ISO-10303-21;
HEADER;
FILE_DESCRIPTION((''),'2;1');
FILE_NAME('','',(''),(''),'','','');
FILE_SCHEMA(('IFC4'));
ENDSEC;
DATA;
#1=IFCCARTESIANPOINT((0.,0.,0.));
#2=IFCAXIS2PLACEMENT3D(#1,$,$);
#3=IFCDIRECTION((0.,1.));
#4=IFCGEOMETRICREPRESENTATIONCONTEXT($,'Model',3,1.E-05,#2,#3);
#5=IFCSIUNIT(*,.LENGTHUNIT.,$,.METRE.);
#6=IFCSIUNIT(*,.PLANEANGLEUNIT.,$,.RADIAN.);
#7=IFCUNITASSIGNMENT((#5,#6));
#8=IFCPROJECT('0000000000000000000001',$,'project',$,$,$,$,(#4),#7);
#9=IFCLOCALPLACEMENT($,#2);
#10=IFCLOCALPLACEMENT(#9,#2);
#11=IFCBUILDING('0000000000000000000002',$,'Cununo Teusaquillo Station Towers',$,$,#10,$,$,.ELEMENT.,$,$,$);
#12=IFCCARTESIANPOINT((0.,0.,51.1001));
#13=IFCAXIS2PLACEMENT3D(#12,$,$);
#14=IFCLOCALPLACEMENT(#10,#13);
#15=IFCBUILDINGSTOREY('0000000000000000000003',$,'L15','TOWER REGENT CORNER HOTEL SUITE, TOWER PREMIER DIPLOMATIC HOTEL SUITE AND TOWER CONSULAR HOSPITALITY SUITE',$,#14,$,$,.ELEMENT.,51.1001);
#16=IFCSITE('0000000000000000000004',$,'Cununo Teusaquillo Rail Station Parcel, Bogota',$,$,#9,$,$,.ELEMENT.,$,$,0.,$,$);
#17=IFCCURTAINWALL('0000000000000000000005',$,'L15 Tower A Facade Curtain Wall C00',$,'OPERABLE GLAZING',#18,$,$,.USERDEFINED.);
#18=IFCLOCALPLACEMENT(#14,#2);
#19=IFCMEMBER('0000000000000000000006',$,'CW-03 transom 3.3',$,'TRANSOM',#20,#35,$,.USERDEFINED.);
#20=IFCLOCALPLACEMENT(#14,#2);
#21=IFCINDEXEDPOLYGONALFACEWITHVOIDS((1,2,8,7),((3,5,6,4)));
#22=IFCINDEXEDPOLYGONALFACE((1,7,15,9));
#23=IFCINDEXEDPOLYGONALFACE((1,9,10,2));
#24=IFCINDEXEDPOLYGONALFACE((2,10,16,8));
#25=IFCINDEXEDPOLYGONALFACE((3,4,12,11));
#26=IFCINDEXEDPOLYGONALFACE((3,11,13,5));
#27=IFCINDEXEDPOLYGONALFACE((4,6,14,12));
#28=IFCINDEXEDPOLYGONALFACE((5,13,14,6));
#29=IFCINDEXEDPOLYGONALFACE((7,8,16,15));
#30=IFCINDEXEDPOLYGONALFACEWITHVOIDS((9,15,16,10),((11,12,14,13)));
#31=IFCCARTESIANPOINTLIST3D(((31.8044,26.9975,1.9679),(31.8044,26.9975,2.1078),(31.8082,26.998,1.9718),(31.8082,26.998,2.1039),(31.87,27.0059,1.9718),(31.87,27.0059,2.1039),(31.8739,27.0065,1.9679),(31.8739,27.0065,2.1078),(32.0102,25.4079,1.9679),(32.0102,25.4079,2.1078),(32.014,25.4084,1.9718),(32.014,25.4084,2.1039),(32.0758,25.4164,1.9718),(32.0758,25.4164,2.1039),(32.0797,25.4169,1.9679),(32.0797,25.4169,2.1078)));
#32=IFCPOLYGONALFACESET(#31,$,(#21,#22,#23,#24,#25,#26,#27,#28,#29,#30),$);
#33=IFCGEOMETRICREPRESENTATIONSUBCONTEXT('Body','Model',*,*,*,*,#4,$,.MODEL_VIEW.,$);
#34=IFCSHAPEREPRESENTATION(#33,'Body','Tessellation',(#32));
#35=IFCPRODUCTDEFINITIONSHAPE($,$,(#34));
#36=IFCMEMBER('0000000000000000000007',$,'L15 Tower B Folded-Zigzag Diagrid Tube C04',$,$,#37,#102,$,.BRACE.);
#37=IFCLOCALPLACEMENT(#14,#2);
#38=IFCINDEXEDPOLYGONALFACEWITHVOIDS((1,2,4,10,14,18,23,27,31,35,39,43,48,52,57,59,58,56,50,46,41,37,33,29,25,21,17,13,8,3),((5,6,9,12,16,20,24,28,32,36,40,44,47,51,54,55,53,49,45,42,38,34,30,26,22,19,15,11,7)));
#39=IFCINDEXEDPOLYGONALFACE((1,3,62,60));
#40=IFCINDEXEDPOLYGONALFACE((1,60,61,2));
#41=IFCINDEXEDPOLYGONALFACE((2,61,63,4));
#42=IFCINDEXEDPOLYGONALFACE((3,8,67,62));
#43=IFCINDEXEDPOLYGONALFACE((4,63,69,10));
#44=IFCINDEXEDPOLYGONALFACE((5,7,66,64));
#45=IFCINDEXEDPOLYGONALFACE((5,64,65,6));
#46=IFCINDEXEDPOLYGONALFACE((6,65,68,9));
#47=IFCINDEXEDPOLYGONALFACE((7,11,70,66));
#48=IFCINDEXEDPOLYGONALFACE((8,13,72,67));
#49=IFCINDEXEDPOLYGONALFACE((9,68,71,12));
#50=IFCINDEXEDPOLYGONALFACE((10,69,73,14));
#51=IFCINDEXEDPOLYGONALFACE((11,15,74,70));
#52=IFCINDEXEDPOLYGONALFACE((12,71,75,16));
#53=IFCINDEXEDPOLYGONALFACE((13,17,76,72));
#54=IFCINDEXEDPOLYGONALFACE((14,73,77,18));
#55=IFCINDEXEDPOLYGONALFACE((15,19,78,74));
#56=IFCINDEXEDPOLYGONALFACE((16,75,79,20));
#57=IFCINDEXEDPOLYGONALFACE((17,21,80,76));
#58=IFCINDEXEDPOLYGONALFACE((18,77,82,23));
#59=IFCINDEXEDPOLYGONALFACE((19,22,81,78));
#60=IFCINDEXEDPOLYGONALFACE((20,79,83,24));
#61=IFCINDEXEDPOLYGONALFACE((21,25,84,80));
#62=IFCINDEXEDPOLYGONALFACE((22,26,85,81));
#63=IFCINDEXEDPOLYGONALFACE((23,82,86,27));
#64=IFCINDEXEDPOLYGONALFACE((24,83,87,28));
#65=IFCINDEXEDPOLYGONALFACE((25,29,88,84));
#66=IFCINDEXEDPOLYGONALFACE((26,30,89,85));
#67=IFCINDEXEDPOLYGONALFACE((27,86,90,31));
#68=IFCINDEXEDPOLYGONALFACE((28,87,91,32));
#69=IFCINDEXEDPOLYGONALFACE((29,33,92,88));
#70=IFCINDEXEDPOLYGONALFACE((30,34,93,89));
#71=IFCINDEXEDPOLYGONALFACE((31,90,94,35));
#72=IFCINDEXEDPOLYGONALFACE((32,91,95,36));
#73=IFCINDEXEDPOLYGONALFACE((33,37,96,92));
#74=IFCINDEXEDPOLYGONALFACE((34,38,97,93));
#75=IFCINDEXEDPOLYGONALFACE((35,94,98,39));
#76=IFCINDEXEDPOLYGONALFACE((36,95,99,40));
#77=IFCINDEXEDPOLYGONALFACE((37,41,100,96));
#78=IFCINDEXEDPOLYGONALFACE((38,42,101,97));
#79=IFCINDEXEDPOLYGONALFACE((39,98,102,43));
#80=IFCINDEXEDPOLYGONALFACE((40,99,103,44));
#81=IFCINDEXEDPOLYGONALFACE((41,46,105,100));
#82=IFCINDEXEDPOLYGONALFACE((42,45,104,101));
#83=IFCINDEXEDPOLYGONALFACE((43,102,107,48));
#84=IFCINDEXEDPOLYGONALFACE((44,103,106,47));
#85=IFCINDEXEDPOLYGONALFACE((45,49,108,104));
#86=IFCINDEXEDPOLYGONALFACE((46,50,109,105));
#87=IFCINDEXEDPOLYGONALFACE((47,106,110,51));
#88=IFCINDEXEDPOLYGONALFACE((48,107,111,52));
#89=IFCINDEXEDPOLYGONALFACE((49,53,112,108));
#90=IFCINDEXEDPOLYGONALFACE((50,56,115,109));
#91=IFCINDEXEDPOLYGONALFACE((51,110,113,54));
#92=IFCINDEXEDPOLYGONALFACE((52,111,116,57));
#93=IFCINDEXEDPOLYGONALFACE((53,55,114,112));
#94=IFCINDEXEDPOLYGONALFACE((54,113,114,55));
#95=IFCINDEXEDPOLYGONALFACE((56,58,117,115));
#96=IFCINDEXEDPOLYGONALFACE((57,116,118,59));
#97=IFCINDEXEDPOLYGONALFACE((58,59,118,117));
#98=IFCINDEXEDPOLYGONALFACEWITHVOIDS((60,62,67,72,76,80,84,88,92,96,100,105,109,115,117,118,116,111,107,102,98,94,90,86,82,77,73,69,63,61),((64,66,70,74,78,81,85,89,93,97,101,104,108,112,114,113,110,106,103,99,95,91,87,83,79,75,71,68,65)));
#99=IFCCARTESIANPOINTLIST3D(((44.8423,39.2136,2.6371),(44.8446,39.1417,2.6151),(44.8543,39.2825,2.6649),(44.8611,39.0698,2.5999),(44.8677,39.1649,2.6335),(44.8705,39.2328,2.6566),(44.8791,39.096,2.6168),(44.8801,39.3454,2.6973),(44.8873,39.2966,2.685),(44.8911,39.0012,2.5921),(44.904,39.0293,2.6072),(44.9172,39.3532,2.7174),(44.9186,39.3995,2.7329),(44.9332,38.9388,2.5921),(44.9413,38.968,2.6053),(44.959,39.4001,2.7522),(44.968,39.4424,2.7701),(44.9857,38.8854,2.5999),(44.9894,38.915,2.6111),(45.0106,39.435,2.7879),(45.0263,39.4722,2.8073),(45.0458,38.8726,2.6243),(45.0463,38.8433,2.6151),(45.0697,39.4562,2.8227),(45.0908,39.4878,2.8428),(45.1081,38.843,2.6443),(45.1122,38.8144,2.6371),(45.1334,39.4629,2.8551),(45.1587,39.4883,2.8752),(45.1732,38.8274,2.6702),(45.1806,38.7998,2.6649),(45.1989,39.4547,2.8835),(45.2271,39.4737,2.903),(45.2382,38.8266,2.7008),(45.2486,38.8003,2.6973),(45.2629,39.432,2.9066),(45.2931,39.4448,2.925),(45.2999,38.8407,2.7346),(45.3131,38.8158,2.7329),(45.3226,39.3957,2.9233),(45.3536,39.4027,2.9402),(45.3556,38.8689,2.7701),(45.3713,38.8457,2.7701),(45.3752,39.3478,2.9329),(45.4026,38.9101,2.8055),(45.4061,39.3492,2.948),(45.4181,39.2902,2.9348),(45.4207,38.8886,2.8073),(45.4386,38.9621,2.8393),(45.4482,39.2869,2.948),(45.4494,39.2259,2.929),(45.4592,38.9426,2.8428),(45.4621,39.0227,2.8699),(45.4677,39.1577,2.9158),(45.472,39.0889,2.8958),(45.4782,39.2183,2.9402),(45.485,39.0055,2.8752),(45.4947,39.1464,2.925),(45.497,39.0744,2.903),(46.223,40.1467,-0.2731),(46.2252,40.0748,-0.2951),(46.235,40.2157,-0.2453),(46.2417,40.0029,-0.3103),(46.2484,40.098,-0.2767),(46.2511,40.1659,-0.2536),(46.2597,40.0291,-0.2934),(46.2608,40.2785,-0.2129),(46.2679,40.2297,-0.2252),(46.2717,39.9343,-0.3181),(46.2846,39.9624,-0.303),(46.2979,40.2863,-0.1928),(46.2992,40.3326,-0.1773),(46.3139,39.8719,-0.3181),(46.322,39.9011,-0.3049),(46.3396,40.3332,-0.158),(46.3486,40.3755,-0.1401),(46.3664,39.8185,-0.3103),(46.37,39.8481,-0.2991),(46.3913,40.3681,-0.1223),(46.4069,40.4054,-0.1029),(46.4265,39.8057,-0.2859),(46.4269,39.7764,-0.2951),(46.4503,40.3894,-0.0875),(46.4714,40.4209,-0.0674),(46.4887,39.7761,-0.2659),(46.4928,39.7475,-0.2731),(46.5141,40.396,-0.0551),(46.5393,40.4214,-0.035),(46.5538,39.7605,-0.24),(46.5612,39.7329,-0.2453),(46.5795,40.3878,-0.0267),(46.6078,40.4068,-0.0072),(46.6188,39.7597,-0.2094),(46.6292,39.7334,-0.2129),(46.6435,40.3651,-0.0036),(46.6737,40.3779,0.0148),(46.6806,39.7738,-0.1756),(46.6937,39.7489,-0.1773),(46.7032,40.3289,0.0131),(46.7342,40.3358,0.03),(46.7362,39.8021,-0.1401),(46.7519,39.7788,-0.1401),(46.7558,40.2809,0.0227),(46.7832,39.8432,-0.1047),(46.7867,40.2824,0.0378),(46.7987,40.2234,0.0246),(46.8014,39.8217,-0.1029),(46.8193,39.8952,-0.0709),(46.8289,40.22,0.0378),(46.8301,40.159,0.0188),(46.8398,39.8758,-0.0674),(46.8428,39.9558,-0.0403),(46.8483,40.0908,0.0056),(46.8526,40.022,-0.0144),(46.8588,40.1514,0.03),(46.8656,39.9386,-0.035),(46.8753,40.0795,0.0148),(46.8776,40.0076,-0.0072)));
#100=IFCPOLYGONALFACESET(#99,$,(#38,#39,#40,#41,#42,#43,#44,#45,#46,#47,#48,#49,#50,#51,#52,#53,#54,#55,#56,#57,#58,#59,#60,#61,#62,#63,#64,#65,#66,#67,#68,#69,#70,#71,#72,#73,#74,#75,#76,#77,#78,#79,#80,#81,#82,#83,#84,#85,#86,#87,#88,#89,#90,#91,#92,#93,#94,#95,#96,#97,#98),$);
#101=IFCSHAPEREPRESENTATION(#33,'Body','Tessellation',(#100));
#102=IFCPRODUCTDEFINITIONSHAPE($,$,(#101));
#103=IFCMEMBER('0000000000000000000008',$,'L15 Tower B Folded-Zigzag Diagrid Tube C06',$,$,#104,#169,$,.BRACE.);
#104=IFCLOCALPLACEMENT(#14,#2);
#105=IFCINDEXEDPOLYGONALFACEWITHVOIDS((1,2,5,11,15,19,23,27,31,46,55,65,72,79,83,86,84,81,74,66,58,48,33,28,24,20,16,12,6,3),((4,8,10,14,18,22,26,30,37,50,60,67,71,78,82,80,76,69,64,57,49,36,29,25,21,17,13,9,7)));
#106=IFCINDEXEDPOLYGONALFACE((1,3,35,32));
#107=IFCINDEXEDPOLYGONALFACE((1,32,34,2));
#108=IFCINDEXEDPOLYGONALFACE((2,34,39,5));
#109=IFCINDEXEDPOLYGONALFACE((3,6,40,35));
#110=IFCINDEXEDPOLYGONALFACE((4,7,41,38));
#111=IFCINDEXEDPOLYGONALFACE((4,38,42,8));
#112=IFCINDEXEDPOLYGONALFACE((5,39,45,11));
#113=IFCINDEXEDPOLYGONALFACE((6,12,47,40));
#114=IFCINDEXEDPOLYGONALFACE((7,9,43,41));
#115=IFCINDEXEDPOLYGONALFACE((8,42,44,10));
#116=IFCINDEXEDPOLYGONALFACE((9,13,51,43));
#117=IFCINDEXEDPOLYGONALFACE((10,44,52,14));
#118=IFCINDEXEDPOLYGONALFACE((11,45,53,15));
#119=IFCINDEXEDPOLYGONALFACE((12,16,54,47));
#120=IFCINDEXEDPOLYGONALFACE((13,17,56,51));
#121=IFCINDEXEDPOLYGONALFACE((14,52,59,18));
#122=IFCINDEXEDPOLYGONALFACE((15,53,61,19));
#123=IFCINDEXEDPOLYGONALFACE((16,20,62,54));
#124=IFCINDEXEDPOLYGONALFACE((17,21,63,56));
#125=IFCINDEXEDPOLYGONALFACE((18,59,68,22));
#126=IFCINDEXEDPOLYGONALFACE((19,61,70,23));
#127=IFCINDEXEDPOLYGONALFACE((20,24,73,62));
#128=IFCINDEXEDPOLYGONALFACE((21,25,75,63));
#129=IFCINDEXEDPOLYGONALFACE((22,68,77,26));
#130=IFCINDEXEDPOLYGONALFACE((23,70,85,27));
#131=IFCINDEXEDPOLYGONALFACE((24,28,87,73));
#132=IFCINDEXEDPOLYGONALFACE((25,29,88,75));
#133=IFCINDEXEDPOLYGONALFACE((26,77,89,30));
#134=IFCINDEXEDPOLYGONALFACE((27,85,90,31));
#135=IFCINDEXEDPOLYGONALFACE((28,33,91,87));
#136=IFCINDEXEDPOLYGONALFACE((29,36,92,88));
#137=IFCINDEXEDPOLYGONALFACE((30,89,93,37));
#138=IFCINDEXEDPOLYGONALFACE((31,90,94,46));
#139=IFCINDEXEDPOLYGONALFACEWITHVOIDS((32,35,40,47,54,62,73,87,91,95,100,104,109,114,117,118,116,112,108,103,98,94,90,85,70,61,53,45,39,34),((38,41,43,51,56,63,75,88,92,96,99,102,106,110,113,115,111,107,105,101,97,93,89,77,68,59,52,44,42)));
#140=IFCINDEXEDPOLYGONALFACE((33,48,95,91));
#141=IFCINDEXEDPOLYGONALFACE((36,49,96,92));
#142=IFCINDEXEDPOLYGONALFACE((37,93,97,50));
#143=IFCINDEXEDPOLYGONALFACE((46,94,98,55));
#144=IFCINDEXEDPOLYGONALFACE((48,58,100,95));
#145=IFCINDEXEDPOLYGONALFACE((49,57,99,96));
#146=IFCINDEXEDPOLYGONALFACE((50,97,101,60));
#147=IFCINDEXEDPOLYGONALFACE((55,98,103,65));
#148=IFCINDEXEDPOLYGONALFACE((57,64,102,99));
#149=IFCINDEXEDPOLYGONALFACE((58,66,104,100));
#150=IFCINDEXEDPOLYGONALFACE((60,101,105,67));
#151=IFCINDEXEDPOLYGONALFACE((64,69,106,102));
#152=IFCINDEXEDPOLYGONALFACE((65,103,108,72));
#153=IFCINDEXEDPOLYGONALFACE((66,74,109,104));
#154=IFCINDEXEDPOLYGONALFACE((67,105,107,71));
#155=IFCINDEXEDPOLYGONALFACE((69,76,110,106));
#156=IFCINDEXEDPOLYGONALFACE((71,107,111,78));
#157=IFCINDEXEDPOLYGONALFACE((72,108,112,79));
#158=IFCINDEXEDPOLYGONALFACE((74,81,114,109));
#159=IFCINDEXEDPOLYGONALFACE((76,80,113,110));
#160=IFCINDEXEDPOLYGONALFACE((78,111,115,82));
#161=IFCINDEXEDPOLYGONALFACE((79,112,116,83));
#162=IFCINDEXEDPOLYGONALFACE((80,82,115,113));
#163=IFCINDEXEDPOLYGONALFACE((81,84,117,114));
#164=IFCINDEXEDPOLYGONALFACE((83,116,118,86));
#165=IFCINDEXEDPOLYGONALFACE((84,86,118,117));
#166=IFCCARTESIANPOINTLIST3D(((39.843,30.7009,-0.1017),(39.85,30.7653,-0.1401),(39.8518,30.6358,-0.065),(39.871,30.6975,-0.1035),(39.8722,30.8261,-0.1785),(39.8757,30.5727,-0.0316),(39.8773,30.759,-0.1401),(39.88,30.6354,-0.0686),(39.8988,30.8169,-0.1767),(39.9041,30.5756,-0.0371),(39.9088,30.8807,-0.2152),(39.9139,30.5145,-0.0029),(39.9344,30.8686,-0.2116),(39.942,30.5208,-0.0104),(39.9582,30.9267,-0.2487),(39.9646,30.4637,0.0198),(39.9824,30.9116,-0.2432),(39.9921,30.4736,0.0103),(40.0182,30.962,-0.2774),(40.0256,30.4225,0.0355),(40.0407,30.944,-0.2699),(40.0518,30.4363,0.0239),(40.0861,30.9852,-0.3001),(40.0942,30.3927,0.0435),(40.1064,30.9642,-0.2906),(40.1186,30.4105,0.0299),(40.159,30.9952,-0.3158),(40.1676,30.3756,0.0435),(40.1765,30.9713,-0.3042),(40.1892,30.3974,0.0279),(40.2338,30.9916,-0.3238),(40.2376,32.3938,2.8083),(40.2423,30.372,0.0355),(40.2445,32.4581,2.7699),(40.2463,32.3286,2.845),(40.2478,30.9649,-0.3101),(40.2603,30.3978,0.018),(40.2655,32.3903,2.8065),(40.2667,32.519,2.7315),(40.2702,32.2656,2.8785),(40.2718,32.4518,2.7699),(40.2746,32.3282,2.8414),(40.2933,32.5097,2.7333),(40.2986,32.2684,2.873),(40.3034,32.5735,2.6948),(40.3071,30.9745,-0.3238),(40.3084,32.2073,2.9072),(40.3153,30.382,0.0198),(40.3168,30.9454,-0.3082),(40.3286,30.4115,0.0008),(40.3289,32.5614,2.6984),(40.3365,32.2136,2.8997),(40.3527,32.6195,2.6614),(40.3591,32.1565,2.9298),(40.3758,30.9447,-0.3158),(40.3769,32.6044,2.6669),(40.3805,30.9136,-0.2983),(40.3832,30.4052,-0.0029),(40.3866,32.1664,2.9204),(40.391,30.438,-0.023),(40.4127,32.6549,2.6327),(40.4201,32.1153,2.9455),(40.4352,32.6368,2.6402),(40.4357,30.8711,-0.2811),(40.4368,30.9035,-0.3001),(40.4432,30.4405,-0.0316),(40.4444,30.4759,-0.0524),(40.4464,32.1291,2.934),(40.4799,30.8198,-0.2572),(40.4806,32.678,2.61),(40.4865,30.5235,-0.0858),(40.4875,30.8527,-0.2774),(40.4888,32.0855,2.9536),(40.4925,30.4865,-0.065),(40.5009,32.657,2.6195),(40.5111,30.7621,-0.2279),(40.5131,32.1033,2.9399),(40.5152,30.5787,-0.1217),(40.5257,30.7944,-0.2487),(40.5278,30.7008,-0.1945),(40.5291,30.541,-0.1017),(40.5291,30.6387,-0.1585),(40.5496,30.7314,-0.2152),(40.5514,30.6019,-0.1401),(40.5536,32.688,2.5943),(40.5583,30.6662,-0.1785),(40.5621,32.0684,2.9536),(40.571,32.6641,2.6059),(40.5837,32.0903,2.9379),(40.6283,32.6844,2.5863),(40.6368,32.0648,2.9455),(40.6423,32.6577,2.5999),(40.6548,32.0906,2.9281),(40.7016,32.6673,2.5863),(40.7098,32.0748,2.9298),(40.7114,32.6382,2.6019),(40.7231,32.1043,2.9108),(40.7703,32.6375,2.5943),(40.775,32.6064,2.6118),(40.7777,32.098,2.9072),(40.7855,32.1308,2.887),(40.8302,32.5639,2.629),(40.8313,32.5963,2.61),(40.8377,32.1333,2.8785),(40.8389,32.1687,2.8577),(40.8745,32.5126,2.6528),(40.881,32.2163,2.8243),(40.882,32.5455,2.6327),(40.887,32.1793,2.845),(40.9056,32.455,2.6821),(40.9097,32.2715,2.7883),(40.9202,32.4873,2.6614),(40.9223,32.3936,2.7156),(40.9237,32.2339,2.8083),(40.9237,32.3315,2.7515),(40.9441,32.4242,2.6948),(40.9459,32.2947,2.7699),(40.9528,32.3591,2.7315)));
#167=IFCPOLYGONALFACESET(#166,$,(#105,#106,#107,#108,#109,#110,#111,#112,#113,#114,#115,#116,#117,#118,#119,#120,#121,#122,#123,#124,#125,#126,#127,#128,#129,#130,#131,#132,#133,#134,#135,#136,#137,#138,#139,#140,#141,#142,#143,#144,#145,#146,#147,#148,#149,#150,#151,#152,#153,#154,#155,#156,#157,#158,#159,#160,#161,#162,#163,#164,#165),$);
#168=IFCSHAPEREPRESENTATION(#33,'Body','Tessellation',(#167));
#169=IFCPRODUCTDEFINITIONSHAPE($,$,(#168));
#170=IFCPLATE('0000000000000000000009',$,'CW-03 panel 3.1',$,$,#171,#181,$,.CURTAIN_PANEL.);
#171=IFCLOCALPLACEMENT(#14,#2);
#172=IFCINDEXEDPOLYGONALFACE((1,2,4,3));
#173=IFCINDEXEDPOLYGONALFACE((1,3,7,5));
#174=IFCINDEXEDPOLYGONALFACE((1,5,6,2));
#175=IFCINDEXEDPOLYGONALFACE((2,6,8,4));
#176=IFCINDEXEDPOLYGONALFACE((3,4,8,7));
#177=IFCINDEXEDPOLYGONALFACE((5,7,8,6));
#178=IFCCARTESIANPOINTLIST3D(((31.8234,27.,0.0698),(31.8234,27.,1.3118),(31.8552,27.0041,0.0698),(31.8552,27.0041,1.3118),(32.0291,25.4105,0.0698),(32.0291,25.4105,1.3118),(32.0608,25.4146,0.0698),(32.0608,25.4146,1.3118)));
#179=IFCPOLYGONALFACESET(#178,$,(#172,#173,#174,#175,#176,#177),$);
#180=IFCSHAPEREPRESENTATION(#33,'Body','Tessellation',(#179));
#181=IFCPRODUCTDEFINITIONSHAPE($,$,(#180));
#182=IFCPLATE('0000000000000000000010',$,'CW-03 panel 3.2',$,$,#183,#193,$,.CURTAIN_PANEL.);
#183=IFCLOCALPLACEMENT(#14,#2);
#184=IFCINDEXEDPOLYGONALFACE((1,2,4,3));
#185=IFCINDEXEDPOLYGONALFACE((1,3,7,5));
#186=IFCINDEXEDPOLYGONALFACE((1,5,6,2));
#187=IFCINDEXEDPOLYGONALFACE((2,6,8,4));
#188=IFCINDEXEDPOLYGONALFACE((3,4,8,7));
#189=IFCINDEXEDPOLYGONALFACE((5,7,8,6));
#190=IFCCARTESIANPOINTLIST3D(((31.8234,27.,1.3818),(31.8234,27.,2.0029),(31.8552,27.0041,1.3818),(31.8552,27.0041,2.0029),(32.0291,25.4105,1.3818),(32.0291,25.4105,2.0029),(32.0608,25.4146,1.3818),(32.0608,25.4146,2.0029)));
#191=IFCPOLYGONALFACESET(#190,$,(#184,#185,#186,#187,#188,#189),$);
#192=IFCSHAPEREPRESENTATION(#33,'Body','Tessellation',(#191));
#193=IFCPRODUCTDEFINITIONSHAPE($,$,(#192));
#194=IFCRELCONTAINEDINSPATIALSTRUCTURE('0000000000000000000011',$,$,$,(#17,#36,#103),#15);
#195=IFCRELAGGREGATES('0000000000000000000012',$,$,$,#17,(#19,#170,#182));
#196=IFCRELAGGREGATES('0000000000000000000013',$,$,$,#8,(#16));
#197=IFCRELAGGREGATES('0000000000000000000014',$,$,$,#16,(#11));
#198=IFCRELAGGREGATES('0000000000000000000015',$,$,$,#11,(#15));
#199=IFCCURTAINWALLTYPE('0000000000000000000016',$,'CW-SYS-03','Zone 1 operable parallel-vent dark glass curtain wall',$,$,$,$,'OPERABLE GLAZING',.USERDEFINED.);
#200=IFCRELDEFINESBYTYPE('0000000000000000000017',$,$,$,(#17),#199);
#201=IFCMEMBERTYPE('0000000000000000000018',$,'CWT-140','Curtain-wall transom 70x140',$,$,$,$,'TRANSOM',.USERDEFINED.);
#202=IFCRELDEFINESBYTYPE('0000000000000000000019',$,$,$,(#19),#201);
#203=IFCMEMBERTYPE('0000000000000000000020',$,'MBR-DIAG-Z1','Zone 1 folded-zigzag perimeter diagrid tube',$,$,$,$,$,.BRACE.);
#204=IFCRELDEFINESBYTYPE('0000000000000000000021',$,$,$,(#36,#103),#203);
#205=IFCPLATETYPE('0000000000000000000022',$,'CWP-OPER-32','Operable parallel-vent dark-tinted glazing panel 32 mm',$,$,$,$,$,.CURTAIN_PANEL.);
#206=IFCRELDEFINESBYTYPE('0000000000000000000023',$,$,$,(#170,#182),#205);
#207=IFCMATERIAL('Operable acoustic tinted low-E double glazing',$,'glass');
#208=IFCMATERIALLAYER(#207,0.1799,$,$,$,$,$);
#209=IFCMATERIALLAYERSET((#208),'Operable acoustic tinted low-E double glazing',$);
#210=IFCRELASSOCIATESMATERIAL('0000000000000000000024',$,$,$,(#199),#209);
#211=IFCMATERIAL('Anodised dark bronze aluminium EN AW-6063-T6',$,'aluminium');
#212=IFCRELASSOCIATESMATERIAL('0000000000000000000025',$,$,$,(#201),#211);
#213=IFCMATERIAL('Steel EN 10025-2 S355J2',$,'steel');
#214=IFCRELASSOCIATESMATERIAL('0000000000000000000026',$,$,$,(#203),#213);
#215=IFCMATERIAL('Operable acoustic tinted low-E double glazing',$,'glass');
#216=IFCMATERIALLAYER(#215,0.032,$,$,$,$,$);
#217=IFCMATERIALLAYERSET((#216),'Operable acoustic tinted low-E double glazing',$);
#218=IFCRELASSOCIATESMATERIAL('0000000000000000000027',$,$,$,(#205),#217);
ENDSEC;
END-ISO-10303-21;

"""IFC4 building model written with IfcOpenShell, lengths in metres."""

from ifc_helpers import new_model, si_unit, direction, frame, origin, origin_2d, place, context, subcontext, project, spatial, rectangle, hollow_rectangle, hollow_circle, extrude, source, transform, mapped, material, layer, layer_set, material_profile, profile_set, type_object, element, aggregate, save


model = new_model("IFC4")

# Units and contexts
model_context = context("Model", 3, precision=1e-05, world=origin(), true_north=direction((0.0, 1.0)))
body_context = subcontext(model_context, "Body", "Model", "MODEL_VIEW")
ifc_project = project(units=[si_unit("LENGTHUNIT", "METRE"), si_unit("PLANEANGLEUNIT", "RADIAN")], contexts=[model_context])

# Site, building, storey
site_placement = place(None, origin())
site = spatial("IfcSite", under=ifc_project, at=site_placement, Name="Cununo Teusaquillo Rail Station Parcel, Bogota", CompositionType="ELEMENT", RefElevation=0.0)
building_placement = place(site_placement, origin())
building = spatial("IfcBuilding", under=site, at=building_placement, Name="Cununo Teusaquillo Station Towers", CompositionType="ELEMENT")
storey_placement = place(building_placement, frame((0.0, 0.0, 51.1001)))
storey = spatial("IfcBuildingStorey", under=building, at=storey_placement, Name="L15", Description="TOWER REGENT CORNER HOTEL SUITE, TOWER PREMIER DIPLOMATIC HOTEL SUITE AND TOWER CONSULAR HOSPITALITY SUITE", CompositionType="ELEMENT", Elevation=51.1001)

# Curtain wall, member
ifc_material_1 = material(Name="Operable acoustic tinted low-E double glazing", Category="glass")
ifc_layer_1 = layer(ifc_material_1, 0.1799)
ifc_layer_set_1 = layer_set([ifc_layer_1], Name="Operable acoustic tinted low-E double glazing")
curtain_wall_type = type_object("IfcCurtainWallType", Name="CW-SYS-03", Description="Zone 1 operable parallel-vent dark glass curtain wall", ElementType="OPERABLE GLAZING", PredefinedType="USERDEFINED", material=ifc_layer_set_1)
curtain_wall_placement = place(storey_placement, origin())
curtain_wall = element("IfcCurtainWall", 1, at=curtain_wall_placement, inside=storey, type_object=curtain_wall_type, Name="L15 Tower A Facade Curtain Wall C00", ObjectType="OPERABLE GLAZING", PredefinedType="USERDEFINED")
ifc_material_2 = material(Name="Anodised dark bronze aluminium EN AW-6063-T6", Category="aluminium")
ifc_material_profile_1 = material_profile(ifc_material_2, hollow_rectangle(XDim=0.0701, YDim=0.1399, WallThickness=0.0039, at=origin_2d()), Name="CW-TRAN-70x140")
ifc_profile_set_1 = profile_set([ifc_material_profile_1], Name="Anodised dark bronze aluminium EN AW-6063-T6")
member_type_1 = type_object("IfcMemberType", Name="CWT-140", Description="Curtain-wall transom 70x140", ElementType="TRANSOM", PredefinedType="USERDEFINED", material=ifc_profile_set_1)
member_1_placement = place(storey_placement, frame((31.8391, 27.002, 2.0378), z_axis=(0.128401, -0.991722, 0.0), x_axis=(0.991722, 0.128401, 0.0)))
member_1 = element("IfcMember", 2, at=member_1_placement, type_object=member_type_1, Name="CW-03 transom 3.3", ObjectType="TRANSOM", PredefinedType="USERDEFINED", context=body_context, shape_type="SweptSolid", body=[
    extrude(hollow_rectangle(XDim=0.0701, YDim=0.1399, WallThickness=0.0039, at=origin_2d()), origin(), (0.0, 0.0, 1.0), 1.6028),
])

# Members
ifc_material_3 = material(Name="Steel EN 10025-2 S355J2", Category="steel")
ifc_material_profile_2 = material_profile(ifc_material_3, hollow_circle(Radius=0.3601, WallThickness=0.0281, at=origin_2d()), Name="CHS 720x28")
ifc_profile_set_2 = profile_set([ifc_material_profile_2], Name="Steel EN 10025-2 S355J2")
member_type_2 = type_object("IfcMemberType", Name="MBR-DIAG-Z1", Description="Zone 1 folded-zigzag perimeter diagrid tube", PredefinedType="BRACE", material=ifc_profile_set_2)
member_2_placement = place(storey_placement, frame((46.5503, 40.0771, -0.1401), z_axis=(-0.411697, -0.27825, 0.867803), x_axis=(0.559963, -0.828517, 0.0)))
element("IfcMember", 3, at=member_2_placement, inside=storey, type_object=member_type_2, Name="L15 Tower B Folded-Zigzag Diagrid Tube C04", PredefinedType="BRACE", context=body_context, shape_type="SweptSolid", body=[
    extrude(hollow_circle(Radius=0.3601, WallThickness=0.0281, at=origin_2d()), origin(), (0.0, 0.0, 1.0), 3.3535),
])
member_3_placement = place(storey_placement, frame((40.2007, 30.6836, -0.1401), z_axis=(0.116389, 0.499407, 0.858514), x_axis=(-0.973901, 0.226972, 0.0)))
element("IfcMember", 4, at=member_3_placement, inside=storey, type_object=member_type_2, Name="L15 Tower B Folded-Zigzag Diagrid Tube C06", PredefinedType="BRACE", context=body_context, shape_type="SweptSolid", body=[
    extrude(hollow_circle(Radius=0.3601, WallThickness=0.0281, at=origin_2d()), origin(), (0.0, 0.0, 1.0), 3.3896),
])

# Plates
ifc_material_4 = material(Name="Operable acoustic tinted low-E double glazing", Category="glass")
ifc_layer_2 = layer(ifc_material_4, 0.032)
ifc_layer_set_2 = layer_set([ifc_layer_2], Name="Operable acoustic tinted low-E double glazing")
plate_type = type_object("IfcPlateType", Name="CWP-OPER-32", Description="Operable parallel-vent dark-tinted glazing panel 32 mm", PredefinedType="CURTAIN_PANEL", material=ifc_layer_set_2)
shared_shape_1 = source(origin(), body_context, "Body", "SweptSolid", [
    extrude(rectangle(XDim=1.6028, YDim=0.032, at=origin_2d()), origin(), (0.0, 0.0, 1.0), 1.2419),
])
plate_1_placement = place(storey_placement, frame((31.9421, 26.2073, 0.0698), z_axis=(0.0, 0.0, 1.0), x_axis=(0.128336, -0.991731, 0.0)))
plate_1 = element("IfcPlate", 5, at=plate_1_placement, type_object=plate_type, Name="CW-03 panel 3.1", PredefinedType="CURTAIN_PANEL", context=body_context, shape_type="MappedRepresentation", body=[
    mapped(shared_shape_1, transform((0.0, 0.0, 0.0), x_axis=(1.0, 0.0, 0.0), y_axis=(0.0, 1.0, 0.0), z_axis=(0.0, 0.0, 1.0), scale=1.0)),
])
shared_shape_2 = source(origin(), body_context, "Body", "SweptSolid", [
    extrude(rectangle(XDim=1.6028, YDim=0.032, at=origin_2d()), origin(), (0.0, 0.0, 1.0), 0.6211),
])
plate_2_placement = place(storey_placement, frame((31.9421, 26.2073, 1.3818), z_axis=(0.0, 0.0, 1.0), x_axis=(0.128336, -0.991731, 0.0)))
plate_2 = element("IfcPlate", 6, at=plate_2_placement, type_object=plate_type, Name="CW-03 panel 3.2", PredefinedType="CURTAIN_PANEL", context=body_context, shape_type="MappedRepresentation", body=[
    mapped(shared_shape_2, transform((0.0, 0.0, 0.0), x_axis=(1.0, 0.0, 0.0), y_axis=(0.0, 1.0, 0.0), z_axis=(0.0, 0.0, 1.0), scale=1.0)),
])
aggregate(curtain_wall, [member_1, plate_1, plate_2])

save(model, "model.ifc")
